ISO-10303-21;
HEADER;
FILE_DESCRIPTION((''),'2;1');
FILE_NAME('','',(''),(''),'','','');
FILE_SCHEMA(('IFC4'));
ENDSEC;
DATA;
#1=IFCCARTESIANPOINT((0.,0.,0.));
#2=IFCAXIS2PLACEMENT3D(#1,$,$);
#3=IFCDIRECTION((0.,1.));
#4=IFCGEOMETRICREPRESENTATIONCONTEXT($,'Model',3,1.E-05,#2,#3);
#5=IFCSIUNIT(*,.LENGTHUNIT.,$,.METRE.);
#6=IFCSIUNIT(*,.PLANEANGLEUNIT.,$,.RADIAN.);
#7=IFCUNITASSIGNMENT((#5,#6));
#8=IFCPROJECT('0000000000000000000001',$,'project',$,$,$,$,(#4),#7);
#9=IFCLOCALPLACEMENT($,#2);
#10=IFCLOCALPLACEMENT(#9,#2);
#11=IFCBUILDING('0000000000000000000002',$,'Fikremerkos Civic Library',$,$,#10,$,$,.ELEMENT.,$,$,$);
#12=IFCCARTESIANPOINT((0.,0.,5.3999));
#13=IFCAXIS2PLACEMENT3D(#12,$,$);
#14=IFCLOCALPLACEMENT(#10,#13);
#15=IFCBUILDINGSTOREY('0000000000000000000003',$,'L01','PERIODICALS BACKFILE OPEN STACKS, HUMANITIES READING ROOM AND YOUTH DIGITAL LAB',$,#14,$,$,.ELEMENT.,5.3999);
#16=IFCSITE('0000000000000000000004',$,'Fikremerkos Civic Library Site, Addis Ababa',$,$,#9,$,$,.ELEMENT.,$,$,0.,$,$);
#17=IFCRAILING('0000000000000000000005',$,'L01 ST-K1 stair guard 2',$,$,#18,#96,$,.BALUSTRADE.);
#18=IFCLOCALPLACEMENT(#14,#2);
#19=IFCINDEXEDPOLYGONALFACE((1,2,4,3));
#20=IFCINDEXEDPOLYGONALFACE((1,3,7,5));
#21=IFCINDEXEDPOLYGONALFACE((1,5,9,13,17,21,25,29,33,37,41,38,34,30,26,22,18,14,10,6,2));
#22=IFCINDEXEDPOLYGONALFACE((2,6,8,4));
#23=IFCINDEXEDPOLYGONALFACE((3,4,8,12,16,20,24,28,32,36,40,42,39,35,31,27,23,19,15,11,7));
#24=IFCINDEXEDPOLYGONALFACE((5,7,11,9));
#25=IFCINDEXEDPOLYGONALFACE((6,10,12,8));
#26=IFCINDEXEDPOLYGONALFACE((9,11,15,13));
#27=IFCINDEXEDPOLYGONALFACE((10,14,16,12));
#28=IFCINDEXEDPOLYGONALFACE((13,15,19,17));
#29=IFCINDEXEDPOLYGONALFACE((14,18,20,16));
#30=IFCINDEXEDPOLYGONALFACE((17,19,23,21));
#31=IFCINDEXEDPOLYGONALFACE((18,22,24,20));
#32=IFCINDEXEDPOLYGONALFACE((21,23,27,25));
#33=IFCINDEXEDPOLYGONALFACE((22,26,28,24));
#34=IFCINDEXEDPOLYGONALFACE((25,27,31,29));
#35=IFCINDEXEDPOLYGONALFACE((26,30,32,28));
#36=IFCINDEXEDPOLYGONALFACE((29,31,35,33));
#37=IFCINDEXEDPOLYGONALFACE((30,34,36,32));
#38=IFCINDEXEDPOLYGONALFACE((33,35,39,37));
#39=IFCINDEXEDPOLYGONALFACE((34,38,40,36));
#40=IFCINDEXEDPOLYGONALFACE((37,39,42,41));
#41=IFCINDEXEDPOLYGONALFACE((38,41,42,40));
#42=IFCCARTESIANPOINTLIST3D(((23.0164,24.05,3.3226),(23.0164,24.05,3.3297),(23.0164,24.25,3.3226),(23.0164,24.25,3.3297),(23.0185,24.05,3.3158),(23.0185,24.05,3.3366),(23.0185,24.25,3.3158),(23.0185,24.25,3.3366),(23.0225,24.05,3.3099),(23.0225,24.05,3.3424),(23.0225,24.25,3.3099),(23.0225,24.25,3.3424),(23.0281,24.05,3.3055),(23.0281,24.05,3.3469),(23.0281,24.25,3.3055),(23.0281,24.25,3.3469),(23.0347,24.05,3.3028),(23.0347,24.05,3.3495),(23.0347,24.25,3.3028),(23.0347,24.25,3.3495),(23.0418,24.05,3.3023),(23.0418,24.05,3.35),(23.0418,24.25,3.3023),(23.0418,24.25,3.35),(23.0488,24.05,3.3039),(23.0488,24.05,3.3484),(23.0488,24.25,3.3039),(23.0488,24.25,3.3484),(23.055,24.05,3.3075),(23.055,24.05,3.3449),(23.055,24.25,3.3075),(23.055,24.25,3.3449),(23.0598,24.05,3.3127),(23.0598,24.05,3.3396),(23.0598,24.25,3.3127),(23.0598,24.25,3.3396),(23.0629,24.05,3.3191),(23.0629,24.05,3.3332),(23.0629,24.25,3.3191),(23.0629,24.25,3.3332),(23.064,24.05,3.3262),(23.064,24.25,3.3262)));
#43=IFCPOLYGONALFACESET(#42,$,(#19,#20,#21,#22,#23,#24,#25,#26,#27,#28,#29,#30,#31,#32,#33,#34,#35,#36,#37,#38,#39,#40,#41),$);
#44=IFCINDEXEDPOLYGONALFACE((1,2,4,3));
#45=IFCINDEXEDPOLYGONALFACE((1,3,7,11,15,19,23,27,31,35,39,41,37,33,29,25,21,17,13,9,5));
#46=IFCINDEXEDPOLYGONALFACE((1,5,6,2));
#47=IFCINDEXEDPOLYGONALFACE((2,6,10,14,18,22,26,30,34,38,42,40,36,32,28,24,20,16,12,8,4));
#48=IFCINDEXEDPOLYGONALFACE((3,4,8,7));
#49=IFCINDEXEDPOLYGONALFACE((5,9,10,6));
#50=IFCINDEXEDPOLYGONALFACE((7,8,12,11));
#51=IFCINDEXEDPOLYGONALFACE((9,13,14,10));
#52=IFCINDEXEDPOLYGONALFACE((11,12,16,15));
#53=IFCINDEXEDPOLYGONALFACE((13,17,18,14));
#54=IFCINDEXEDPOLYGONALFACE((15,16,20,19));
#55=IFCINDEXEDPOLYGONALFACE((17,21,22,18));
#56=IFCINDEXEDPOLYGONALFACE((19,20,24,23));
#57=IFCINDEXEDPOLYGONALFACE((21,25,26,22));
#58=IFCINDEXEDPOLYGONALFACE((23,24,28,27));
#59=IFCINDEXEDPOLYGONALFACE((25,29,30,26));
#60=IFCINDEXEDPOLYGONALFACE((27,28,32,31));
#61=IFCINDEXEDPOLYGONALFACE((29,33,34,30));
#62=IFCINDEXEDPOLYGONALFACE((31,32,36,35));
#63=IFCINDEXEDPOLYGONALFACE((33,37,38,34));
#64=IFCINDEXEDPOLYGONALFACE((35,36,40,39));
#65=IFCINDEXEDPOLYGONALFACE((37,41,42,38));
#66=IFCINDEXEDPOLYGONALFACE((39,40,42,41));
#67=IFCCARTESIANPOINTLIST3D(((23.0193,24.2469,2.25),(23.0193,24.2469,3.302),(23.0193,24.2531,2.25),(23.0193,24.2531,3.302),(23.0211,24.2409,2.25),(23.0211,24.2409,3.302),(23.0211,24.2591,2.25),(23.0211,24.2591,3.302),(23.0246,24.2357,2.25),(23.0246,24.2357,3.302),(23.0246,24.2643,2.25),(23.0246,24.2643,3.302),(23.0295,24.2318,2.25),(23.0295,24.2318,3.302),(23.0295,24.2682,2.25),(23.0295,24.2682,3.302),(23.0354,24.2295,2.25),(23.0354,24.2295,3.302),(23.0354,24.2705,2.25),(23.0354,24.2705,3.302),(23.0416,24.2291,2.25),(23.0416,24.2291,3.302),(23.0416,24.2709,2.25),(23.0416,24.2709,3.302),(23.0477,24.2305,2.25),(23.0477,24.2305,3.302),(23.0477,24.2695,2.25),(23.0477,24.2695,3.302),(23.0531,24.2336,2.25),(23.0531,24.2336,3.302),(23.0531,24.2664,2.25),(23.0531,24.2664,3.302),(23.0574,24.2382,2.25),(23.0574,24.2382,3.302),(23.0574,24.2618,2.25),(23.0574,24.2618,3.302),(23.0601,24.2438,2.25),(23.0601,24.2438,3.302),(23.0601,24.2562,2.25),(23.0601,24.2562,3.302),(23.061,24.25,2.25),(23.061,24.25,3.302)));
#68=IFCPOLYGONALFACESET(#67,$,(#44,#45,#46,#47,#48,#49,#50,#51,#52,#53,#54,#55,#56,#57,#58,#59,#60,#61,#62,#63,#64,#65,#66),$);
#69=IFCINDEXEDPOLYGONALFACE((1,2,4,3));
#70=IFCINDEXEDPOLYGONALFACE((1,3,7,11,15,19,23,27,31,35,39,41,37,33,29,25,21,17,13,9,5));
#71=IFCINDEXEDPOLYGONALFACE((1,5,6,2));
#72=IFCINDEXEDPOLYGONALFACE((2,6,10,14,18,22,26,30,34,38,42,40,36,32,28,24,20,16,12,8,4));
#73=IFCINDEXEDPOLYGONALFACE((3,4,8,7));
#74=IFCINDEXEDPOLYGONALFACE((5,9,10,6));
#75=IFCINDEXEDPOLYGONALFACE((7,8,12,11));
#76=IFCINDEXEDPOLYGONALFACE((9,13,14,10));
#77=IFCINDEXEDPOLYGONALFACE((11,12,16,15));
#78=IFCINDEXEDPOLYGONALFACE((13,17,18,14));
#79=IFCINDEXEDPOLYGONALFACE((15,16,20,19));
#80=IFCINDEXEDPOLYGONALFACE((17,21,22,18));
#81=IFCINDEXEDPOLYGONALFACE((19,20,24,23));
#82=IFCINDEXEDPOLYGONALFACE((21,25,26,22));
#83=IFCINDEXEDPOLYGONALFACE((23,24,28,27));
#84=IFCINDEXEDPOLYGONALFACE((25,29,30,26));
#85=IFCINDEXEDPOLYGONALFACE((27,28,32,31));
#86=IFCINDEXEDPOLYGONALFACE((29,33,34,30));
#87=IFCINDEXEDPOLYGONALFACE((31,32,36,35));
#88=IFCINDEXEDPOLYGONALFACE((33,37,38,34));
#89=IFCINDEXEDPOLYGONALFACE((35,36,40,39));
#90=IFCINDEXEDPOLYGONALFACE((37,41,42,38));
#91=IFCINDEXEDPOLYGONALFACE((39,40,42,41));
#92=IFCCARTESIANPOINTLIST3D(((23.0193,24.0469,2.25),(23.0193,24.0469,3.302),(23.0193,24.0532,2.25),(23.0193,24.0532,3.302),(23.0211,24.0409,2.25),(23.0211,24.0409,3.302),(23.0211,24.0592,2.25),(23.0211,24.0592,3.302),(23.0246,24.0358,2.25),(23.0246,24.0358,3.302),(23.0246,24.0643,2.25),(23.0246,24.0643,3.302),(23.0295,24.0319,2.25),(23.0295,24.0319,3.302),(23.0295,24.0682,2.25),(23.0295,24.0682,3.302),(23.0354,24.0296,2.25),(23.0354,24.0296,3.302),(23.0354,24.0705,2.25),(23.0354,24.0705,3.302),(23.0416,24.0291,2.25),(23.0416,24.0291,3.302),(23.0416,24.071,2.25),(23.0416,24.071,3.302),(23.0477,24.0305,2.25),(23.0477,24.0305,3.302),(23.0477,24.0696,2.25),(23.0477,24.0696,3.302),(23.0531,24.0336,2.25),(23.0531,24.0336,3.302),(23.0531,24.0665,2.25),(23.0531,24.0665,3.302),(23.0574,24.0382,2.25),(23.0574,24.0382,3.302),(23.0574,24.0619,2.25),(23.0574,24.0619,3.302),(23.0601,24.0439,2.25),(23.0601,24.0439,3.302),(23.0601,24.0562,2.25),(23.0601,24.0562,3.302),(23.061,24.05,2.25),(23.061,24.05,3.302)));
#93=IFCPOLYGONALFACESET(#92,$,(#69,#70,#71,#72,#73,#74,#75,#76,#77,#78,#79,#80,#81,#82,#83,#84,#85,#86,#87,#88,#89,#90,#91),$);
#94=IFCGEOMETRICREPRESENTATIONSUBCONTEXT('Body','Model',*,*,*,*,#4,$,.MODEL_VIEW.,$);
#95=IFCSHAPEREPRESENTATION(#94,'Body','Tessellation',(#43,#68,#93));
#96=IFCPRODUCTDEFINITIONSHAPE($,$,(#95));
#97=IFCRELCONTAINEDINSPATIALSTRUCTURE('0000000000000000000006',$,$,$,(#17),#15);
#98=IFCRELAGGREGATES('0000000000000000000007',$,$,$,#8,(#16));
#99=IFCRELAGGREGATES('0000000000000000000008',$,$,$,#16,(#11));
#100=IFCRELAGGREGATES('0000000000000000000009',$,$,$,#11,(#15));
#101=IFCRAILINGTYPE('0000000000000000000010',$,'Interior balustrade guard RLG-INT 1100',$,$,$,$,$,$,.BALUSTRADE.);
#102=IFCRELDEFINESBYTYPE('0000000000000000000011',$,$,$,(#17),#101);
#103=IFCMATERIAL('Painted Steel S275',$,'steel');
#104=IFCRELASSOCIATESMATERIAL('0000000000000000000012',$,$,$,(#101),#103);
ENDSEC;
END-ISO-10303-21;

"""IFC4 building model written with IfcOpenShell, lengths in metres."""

from ifc_helpers import new_model, si_unit, direction, frame, origin, origin_2d, place, context, subcontext, project, spatial, circle, extrude, material, type_object, element, save


model = new_model("IFC4")

# Units and contexts
model_context = context("Model", 3, precision=1e-05, world=origin(), true_north=direction((0.0, 1.0)))
body_context = subcontext(model_context, "Body", "Model", "MODEL_VIEW")
ifc_project = project(units=[si_unit("LENGTHUNIT", "METRE"), si_unit("PLANEANGLEUNIT", "RADIAN")], contexts=[model_context])

# Site, building, storey
site_placement = place(None, origin())
site = spatial("IfcSite", under=ifc_project, at=site_placement, Name="Fikremerkos Civic Library Site, Addis Ababa", CompositionType="ELEMENT", RefElevation=0.0)
building_placement = place(site_placement, origin())
building = spatial("IfcBuilding", under=site, at=building_placement, Name="Fikremerkos Civic Library", CompositionType="ELEMENT")
storey_placement = place(building_placement, frame((0.0, 0.0, 5.3999)))
storey = spatial("IfcBuildingStorey", under=building, at=storey_placement, Name="L01", Description="PERIODICALS BACKFILE OPEN STACKS, HUMANITIES READING ROOM AND YOUTH DIGITAL LAB", CompositionType="ELEMENT", Elevation=5.3999)

# Railing
ifc_material_1 = material(Name="Painted Steel S275", Category="steel")
railing_type_1 = type_object("IfcRailingType", Name="Interior balustrade guard RLG-INT 1100", PredefinedType="BALUSTRADE", material=ifc_material_1)
railing_1_placement = place(storey_placement, frame((23.04, 24.25, 2.25)))
element("IfcRailing", 1, at=railing_1_placement, inside=storey, type_object=railing_type_1, Name="L01 ST-K1 stair guard 2", PredefinedType="BALUSTRADE", context=body_context, shape_type="SweptSolid", body=[
    extrude(circle(Radius=0.0239, at=origin_2d()), frame((0.0, 0.0, 1.0762), z_axis=(0.0, -1.0, 0.0), x_axis=(1.0, 0.0, 0.0)), (0.0, 0.0, 1.0), 0.2),
    extrude(circle(Radius=0.021, at=origin_2d()), origin(), (0.0, 0.0, 1.0), 1.052),
    extrude(circle(Radius=0.021, at=origin_2d()), frame((0.0, -0.2, 0.0)), (0.0, 0.0, 1.0), 1.052),
])

save(model, "model.ifc")
